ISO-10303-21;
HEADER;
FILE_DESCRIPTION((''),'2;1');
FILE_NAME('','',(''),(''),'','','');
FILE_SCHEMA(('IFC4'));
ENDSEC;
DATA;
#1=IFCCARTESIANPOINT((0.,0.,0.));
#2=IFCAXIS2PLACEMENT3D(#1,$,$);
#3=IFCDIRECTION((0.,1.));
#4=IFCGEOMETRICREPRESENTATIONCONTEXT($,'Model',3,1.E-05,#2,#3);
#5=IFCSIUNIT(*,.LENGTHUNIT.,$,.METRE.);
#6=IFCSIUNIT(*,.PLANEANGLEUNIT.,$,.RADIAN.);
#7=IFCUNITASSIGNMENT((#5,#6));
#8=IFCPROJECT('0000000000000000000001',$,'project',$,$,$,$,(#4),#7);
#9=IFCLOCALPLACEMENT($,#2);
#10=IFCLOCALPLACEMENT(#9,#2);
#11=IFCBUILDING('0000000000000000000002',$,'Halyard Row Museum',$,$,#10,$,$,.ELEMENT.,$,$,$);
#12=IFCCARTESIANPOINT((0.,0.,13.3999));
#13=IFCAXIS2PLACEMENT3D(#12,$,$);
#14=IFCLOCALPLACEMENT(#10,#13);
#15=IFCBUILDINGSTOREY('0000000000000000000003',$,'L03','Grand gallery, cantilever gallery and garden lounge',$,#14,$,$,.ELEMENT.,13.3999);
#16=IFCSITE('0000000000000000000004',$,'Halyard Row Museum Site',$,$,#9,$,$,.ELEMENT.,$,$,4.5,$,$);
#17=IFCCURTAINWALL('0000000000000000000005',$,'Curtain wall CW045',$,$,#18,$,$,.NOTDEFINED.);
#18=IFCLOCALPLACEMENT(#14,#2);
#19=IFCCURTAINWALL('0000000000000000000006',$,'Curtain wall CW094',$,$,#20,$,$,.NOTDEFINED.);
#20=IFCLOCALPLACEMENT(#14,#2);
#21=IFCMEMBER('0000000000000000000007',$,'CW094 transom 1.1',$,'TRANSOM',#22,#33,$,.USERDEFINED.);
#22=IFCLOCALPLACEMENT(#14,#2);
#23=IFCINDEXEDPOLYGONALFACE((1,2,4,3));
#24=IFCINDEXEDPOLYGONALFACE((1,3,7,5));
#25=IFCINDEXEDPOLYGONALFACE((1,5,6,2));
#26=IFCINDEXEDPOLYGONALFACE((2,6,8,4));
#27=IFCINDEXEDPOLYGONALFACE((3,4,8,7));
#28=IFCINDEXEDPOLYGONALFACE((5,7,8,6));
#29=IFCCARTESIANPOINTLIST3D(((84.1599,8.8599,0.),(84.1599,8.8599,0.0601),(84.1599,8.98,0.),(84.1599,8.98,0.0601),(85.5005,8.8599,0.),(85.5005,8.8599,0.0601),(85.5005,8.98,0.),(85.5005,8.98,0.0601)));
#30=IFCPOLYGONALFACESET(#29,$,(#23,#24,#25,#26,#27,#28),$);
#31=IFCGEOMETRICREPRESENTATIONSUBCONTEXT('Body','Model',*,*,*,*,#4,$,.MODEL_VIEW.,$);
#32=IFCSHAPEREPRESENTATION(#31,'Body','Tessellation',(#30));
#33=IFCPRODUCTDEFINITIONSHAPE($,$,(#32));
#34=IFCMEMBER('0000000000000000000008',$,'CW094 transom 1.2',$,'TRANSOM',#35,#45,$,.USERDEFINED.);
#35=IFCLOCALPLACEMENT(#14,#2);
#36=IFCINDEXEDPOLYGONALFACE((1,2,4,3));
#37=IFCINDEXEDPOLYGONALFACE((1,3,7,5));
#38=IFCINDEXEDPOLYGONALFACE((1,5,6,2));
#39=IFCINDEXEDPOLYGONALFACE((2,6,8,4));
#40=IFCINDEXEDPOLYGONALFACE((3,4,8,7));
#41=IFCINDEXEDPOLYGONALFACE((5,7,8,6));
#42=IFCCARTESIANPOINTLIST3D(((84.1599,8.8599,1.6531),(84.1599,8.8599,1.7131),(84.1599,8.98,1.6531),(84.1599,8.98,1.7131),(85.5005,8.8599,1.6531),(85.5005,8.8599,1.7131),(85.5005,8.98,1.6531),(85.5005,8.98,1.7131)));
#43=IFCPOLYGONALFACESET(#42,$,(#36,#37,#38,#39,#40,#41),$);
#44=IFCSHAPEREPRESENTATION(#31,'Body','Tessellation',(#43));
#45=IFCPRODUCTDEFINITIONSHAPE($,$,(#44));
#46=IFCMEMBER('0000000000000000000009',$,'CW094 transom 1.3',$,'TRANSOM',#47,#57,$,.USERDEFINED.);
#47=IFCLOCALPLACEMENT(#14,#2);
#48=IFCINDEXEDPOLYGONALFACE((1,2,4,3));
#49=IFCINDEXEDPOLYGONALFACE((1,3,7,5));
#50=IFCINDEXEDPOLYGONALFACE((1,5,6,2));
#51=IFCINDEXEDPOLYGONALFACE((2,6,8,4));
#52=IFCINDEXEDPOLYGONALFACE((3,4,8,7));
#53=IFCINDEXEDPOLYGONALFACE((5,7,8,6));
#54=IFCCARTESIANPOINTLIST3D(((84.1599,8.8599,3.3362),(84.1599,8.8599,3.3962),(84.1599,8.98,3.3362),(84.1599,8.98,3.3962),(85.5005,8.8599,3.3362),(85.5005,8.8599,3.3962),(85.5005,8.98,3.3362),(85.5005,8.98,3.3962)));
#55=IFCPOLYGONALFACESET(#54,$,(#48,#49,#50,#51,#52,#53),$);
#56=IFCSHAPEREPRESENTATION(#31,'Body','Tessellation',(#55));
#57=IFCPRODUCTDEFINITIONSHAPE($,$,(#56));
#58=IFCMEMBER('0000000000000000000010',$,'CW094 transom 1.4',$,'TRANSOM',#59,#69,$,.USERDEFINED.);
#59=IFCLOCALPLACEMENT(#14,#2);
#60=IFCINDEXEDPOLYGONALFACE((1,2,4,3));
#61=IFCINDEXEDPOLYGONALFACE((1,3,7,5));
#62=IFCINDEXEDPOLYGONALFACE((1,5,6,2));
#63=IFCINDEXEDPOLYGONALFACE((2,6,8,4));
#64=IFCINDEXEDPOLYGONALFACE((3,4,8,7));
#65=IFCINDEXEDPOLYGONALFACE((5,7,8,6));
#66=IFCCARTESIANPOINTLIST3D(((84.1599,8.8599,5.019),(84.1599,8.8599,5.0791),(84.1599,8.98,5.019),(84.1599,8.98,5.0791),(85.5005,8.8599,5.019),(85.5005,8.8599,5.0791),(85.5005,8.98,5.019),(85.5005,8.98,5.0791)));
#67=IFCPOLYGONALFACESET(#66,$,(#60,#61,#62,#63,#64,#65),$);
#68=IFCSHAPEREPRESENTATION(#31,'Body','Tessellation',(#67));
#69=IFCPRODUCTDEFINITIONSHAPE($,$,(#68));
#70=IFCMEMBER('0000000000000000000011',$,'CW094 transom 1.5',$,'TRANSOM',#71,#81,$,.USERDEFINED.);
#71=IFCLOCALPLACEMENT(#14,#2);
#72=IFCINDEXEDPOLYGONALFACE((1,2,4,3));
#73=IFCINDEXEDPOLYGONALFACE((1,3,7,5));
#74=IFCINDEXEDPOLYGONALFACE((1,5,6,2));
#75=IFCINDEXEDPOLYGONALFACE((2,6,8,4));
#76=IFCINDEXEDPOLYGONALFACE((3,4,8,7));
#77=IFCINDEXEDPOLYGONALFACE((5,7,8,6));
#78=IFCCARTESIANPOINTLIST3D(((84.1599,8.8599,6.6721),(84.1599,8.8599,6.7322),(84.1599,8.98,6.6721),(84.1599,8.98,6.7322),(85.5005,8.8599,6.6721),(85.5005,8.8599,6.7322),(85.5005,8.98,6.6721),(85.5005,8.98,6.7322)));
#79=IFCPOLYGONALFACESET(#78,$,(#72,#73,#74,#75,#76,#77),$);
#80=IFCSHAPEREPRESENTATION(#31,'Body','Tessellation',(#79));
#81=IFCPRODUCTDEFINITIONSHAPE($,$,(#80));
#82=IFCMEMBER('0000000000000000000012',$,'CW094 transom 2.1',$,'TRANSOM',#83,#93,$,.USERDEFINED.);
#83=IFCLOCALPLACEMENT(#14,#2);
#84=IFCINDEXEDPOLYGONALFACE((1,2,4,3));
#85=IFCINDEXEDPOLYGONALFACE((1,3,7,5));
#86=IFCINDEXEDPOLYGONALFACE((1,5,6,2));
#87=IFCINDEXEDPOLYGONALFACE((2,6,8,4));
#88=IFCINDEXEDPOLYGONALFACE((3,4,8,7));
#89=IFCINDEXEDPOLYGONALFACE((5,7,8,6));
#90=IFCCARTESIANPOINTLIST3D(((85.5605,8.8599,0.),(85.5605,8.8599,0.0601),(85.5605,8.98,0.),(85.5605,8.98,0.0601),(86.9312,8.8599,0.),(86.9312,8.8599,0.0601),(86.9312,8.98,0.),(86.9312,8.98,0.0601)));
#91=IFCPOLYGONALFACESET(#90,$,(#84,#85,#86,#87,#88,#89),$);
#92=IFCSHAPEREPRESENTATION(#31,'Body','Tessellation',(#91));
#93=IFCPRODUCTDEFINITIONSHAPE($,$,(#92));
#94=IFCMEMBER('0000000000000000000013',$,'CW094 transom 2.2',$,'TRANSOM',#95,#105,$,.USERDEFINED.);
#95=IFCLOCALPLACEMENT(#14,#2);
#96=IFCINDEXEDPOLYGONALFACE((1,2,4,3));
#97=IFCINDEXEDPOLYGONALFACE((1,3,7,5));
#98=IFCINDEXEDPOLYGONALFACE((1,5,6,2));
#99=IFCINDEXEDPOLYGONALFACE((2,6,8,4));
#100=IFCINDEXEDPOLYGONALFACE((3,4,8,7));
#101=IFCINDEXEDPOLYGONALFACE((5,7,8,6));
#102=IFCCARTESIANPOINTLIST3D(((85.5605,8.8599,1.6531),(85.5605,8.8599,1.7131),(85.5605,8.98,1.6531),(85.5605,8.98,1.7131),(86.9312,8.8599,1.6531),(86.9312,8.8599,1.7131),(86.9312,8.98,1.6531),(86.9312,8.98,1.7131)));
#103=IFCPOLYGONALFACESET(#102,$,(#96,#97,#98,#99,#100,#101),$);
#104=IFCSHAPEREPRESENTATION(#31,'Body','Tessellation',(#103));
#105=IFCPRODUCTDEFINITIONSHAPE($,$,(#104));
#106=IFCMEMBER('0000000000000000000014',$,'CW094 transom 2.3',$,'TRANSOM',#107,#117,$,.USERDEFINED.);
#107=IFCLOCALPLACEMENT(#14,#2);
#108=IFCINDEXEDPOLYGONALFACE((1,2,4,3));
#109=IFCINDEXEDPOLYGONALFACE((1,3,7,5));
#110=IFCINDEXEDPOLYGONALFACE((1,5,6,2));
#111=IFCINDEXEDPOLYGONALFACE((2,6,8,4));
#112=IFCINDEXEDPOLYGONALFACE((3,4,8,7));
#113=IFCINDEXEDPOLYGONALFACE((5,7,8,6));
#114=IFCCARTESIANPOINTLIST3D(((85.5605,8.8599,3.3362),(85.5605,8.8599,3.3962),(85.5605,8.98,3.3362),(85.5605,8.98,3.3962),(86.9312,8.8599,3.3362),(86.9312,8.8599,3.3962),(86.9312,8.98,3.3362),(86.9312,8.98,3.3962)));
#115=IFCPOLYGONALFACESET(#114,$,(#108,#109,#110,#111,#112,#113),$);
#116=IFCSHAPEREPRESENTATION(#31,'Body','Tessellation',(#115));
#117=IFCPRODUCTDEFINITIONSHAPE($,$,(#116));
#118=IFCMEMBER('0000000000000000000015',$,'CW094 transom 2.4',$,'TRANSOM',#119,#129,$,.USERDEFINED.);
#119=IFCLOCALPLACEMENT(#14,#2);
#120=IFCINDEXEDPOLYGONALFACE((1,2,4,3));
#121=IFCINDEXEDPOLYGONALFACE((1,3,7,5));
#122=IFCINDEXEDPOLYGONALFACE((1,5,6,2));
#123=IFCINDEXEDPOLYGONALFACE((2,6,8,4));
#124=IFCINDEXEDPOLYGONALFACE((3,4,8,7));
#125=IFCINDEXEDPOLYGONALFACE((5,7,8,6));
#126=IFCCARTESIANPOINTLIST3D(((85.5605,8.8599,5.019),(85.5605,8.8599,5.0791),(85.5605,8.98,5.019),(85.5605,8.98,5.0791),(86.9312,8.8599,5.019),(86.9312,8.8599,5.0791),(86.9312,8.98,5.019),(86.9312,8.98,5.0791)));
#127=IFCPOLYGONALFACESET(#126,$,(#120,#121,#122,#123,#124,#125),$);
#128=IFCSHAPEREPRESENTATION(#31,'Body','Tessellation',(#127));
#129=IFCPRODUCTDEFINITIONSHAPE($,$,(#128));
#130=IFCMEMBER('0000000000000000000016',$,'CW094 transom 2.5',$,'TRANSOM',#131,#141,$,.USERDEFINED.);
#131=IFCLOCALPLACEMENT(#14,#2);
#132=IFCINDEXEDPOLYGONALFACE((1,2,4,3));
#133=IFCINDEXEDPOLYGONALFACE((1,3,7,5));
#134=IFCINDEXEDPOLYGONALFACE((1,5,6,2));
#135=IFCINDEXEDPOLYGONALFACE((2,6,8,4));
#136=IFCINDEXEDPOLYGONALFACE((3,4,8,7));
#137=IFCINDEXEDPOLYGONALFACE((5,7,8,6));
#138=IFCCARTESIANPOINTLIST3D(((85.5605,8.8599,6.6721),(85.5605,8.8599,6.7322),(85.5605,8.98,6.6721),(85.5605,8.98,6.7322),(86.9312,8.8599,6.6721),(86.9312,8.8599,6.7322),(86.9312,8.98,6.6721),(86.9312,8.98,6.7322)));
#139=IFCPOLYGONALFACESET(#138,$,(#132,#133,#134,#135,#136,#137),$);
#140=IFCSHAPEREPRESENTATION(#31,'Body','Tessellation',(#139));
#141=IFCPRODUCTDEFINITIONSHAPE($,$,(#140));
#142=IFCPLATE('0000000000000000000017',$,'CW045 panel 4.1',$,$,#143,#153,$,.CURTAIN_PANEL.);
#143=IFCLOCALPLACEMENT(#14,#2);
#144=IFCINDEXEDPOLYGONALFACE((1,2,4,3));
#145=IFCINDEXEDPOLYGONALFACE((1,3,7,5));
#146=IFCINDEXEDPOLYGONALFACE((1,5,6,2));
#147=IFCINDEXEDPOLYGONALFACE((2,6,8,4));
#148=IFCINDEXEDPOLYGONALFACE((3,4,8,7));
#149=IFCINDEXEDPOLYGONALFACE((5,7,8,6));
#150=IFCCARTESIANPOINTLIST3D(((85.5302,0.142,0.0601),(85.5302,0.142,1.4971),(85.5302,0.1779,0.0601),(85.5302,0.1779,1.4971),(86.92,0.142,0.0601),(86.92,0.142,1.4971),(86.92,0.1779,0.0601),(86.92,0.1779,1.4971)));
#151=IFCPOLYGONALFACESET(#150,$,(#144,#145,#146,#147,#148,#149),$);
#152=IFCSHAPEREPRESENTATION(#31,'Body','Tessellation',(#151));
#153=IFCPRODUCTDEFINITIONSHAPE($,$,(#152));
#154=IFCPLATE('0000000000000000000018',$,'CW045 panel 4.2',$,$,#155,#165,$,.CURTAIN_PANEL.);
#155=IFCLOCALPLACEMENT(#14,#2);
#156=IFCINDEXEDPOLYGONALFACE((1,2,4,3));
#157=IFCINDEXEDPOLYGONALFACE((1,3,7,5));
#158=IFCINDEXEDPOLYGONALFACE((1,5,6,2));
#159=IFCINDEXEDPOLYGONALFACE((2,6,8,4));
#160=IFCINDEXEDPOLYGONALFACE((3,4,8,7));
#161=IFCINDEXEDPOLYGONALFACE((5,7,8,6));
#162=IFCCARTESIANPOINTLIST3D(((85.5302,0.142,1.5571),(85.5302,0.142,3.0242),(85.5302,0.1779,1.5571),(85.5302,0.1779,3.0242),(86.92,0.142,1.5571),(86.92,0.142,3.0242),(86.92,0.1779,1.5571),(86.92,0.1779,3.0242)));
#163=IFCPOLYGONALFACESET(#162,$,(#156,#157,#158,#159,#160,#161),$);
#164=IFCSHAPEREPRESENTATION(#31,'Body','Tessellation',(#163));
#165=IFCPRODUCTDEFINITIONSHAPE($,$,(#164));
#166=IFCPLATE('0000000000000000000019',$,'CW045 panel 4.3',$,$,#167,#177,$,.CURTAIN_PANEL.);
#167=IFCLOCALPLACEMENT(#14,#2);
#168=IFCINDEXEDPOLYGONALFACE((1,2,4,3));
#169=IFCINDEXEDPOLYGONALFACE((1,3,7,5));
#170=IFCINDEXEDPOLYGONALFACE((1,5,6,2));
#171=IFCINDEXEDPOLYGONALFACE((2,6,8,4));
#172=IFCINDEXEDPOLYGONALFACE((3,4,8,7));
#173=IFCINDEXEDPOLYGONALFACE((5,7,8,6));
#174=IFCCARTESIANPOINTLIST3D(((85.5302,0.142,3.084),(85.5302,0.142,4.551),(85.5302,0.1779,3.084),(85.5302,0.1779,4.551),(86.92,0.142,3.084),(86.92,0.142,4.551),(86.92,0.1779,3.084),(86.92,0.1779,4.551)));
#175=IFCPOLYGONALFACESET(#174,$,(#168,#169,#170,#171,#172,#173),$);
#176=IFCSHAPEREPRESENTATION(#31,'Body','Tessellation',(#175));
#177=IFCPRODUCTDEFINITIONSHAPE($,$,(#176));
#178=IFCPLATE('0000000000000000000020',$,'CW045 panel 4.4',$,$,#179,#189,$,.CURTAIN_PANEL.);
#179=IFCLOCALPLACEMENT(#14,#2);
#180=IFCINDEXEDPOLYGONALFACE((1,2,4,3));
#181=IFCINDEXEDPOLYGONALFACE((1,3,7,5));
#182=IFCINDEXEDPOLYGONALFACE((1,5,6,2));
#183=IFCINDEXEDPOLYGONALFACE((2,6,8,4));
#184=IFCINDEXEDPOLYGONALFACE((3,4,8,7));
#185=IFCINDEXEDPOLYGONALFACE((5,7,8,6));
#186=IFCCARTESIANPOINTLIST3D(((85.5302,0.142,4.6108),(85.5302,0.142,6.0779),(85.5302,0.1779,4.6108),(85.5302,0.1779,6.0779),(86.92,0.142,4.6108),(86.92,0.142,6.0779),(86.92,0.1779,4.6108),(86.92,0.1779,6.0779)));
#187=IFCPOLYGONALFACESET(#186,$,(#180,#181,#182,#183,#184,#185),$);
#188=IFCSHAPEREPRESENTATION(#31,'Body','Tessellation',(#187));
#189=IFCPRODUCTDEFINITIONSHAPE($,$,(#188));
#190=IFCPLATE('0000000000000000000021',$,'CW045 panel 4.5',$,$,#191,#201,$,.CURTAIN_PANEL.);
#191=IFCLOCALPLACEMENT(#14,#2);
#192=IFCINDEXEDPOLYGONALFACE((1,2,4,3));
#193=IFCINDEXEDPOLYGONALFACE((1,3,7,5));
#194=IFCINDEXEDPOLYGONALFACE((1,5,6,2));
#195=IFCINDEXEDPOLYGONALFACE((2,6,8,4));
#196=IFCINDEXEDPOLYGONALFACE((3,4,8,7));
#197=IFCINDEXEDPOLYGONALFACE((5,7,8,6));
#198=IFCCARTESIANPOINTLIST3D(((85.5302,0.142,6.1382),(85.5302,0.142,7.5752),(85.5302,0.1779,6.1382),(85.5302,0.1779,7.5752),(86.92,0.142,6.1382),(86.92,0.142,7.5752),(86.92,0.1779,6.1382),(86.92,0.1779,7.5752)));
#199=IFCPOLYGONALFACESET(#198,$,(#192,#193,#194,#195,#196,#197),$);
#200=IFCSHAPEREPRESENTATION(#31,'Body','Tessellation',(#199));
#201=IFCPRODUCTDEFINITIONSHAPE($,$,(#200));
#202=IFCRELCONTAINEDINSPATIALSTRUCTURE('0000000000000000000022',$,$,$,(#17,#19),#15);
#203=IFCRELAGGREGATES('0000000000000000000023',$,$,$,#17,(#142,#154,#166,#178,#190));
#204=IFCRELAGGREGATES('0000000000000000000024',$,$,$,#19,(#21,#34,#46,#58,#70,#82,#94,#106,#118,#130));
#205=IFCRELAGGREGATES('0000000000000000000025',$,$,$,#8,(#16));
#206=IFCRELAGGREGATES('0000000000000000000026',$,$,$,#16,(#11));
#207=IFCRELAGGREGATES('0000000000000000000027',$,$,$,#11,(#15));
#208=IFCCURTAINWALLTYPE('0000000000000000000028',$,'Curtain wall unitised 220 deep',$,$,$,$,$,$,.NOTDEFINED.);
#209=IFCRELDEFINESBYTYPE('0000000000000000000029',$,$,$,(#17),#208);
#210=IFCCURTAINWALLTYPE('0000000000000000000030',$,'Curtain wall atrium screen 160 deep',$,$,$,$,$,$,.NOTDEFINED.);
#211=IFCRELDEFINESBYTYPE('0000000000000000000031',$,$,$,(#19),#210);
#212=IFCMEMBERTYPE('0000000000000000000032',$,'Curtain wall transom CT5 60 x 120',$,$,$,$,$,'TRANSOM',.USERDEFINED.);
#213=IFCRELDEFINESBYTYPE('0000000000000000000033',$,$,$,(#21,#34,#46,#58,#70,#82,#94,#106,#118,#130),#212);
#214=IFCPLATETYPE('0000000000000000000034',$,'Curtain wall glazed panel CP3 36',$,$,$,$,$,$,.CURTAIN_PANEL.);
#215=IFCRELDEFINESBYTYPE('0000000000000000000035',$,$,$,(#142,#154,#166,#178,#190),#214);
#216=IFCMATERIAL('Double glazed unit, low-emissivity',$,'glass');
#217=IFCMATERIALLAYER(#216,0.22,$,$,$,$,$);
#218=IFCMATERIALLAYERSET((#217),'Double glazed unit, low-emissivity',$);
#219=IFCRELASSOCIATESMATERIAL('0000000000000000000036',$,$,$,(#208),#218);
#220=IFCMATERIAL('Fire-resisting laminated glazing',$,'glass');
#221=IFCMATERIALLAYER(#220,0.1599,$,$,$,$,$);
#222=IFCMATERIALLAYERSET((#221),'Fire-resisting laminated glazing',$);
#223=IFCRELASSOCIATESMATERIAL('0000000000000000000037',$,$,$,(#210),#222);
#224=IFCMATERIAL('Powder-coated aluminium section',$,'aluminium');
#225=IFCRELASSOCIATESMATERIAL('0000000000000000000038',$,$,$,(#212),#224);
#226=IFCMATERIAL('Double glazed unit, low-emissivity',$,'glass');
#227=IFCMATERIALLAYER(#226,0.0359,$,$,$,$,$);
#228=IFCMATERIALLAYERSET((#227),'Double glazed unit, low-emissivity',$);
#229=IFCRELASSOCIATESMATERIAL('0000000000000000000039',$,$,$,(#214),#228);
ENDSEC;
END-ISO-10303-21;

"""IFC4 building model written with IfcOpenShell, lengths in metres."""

from ifc_helpers import new_model, si_unit, direction, frame, origin, origin_2d, place, context, subcontext, project, spatial, rectangle, extrude, material, layer, layer_set, material_profile, profile_set, type_object, element, aggregate, save


model = new_model("IFC4")

# Units and contexts
model_context = context("Model", 3, precision=1e-05, world=origin(), true_north=direction((0.0, 1.0)))
body_context = subcontext(model_context, "Body", "Model", "MODEL_VIEW")
ifc_project = project(units=[si_unit("LENGTHUNIT", "METRE"), si_unit("PLANEANGLEUNIT", "RADIAN")], contexts=[model_context])

# Site, building, storey
site_placement = place(None, origin())
site = spatial("IfcSite", under=ifc_project, at=site_placement, Name="Halyard Row Museum Site", CompositionType="ELEMENT", RefElevation=4.5)
building_placement = place(site_placement, origin())
building = spatial("IfcBuilding", under=site, at=building_placement, Name="Halyard Row Museum", CompositionType="ELEMENT")
storey_placement = place(building_placement, frame((0.0, 0.0, 13.3999)))
storey = spatial("IfcBuildingStorey", under=building, at=storey_placement, Name="L03", Description="Grand gallery, cantilever gallery and garden lounge", CompositionType="ELEMENT", Elevation=13.3999)

# Curtain wall
ifc_material_1 = material(Name="Double glazed unit, low-emissivity", Category="glass")
ifc_layer_1 = layer(ifc_material_1, 0.22)
ifc_layer_set_1 = layer_set([ifc_layer_1], Name="Double glazed unit, low-emissivity")
curtain_wall_type_1 = type_object("IfcCurtainWallType", Name="Curtain wall unitised 220 deep", PredefinedType="NOTDEFINED", material=ifc_layer_set_1)
curtain_wall_1_placement = place(storey_placement, origin())
curtain_wall_1 = element("IfcCurtainWall", 1, at=curtain_wall_1_placement, inside=storey, type_object=curtain_wall_type_1, Name="Curtain wall CW045", PredefinedType="NOTDEFINED")

# Curtain wall
ifc_material_2 = material(Name="Fire-resisting laminated glazing", Category="glass")
ifc_layer_2 = layer(ifc_material_2, 0.1599)
ifc_layer_set_2 = layer_set([ifc_layer_2], Name="Fire-resisting laminated glazing")
curtain_wall_type_2 = type_object("IfcCurtainWallType", Name="Curtain wall atrium screen 160 deep", PredefinedType="NOTDEFINED", material=ifc_layer_set_2)
curtain_wall_2_placement = place(storey_placement, origin())
curtain_wall_2 = element("IfcCurtainWall", 2, at=curtain_wall_2_placement, inside=storey, type_object=curtain_wall_type_2, Name="Curtain wall CW094", PredefinedType="NOTDEFINED")

# Members
ifc_material_3 = material(Name="Powder-coated aluminium section", Category="aluminium")
ifc_material_profile_1 = material_profile(ifc_material_3, rectangle(XDim=0.1201, YDim=0.0601, at=origin_2d()), Name="120x60 transom")
ifc_profile_set_1 = profile_set([ifc_material_profile_1], Name="Powder-coated aluminium section")
member_type_1 = type_object("IfcMemberType", Name="Curtain wall transom CT5 60 x 120", ElementType="TRANSOM", PredefinedType="USERDEFINED", material=ifc_profile_set_1)
member_1_placement = place(storey_placement, frame((84.1599, 8.9199, 0.03), z_axis=(1.0, 0.0, 0.0), x_axis=(0.0, 1.0, 0.0)))
member_1 = element("IfcMember", 3, at=member_1_placement, type_object=member_type_1, Name="CW094 transom 1.1", ObjectType="TRANSOM", PredefinedType="USERDEFINED", context=body_context, shape_type="SweptSolid", body=[
    extrude(rectangle(XDim=0.1201, YDim=0.0601, at=origin_2d()), origin(), (0.0, 0.0, 1.0), 1.3406),
])
member_2_placement = place(storey_placement, frame((84.1599, 8.9199, 1.6831), z_axis=(1.0, 0.0, 0.0), x_axis=(0.0, 1.0, 0.0)))
member_2 = element("IfcMember", 4, at=member_2_placement, type_object=member_type_1, Name="CW094 transom 1.2", ObjectType="TRANSOM", PredefinedType="USERDEFINED", context=body_context, shape_type="SweptSolid", body=[
    extrude(rectangle(XDim=0.1201, YDim=0.0601, at=origin_2d()), origin(), (0.0, 0.0, 1.0), 1.3406),
])
member_3_placement = place(storey_placement, frame((84.1599, 8.9199, 3.3662), z_axis=(1.0, 0.0, 0.0), x_axis=(0.0, 1.0, 0.0)))
member_3 = element("IfcMember", 5, at=member_3_placement, type_object=member_type_1, Name="CW094 transom 1.3", ObjectType="TRANSOM", PredefinedType="USERDEFINED", context=body_context, shape_type="SweptSolid", body=[
    extrude(rectangle(XDim=0.1201, YDim=0.0601, at=origin_2d()), origin(), (0.0, 0.0, 1.0), 1.3406),
])
member_4_placement = place(storey_placement, frame((84.1599, 8.9199, 5.0491), z_axis=(1.0, 0.0, 0.0), x_axis=(0.0, 1.0, 0.0)))
member_4 = element("IfcMember", 6, at=member_4_placement, type_object=member_type_1, Name="CW094 transom 1.4", ObjectType="TRANSOM", PredefinedType="USERDEFINED", context=body_context, shape_type="SweptSolid", body=[
    extrude(rectangle(XDim=0.1201, YDim=0.0601, at=origin_2d()), origin(), (0.0, 0.0, 1.0), 1.3406),
])
member_5_placement = place(storey_placement, frame((84.1599, 8.9199, 6.7021), z_axis=(1.0, 0.0, 0.0), x_axis=(0.0, 1.0, 0.0)))
member_5 = element("IfcMember", 7, at=member_5_placement, type_object=member_type_1, Name="CW094 transom 1.5", ObjectType="TRANSOM", PredefinedType="USERDEFINED", context=body_context, shape_type="SweptSolid", body=[
    extrude(rectangle(XDim=0.1201, YDim=0.0601, at=origin_2d()), origin(), (0.0, 0.0, 1.0), 1.3406),
])
member_6_placement = place(storey_placement, frame((85.5605, 8.9199, 0.03), z_axis=(1.0, 0.0, 0.0), x_axis=(0.0, 1.0, 0.0)))
member_6 = element("IfcMember", 8, at=member_6_placement, type_object=member_type_1, Name="CW094 transom 2.1", ObjectType="TRANSOM", PredefinedType="USERDEFINED", context=body_context, shape_type="SweptSolid", body=[
    extrude(rectangle(XDim=0.1201, YDim=0.0601, at=origin_2d()), origin(), (0.0, 0.0, 1.0), 1.3706),
])
member_7_placement = place(storey_placement, frame((85.5605, 8.9199, 1.6831), z_axis=(1.0, 0.0, 0.0), x_axis=(0.0, 1.0, 0.0)))
member_7 = element("IfcMember", 9, at=member_7_placement, type_object=member_type_1, Name="CW094 transom 2.2", ObjectType="TRANSOM", PredefinedType="USERDEFINED", context=body_context, shape_type="SweptSolid", body=[
    extrude(rectangle(XDim=0.1201, YDim=0.0601, at=origin_2d()), origin(), (0.0, 0.0, 1.0), 1.3706),
])
member_8_placement = place(storey_placement, frame((85.5605, 8.9199, 3.3662), z_axis=(1.0, 0.0, 0.0), x_axis=(0.0, 1.0, 0.0)))
member_8 = element("IfcMember", 10, at=member_8_placement, type_object=member_type_1, Name="CW094 transom 2.3", ObjectType="TRANSOM", PredefinedType="USERDEFINED", context=body_context, shape_type="SweptSolid", body=[
    extrude(rectangle(XDim=0.1201, YDim=0.0601, at=origin_2d()), origin(), (0.0, 0.0, 1.0), 1.3706),
])
member_9_placement = place(storey_placement, frame((85.5605, 8.9199, 5.0491), z_axis=(1.0, 0.0, 0.0), x_axis=(0.0, 1.0, 0.0)))
member_9 = element("IfcMember", 11, at=member_9_placement, type_object=member_type_1, Name="CW094 transom 2.4", ObjectType="TRANSOM", PredefinedType="USERDEFINED", context=body_context, shape_type="SweptSolid", body=[
    extrude(rectangle(XDim=0.1201, YDim=0.0601, at=origin_2d()), origin(), (0.0, 0.0, 1.0), 1.3706),
])
member_10_placement = place(storey_placement, frame((85.5605, 8.9199, 6.7021), z_axis=(1.0, 0.0, 0.0), x_axis=(0.0, 1.0, 0.0)))
member_10 = element("IfcMember", 12, at=member_10_placement, type_object=member_type_1, Name="CW094 transom 2.5", ObjectType="TRANSOM", PredefinedType="USERDEFINED", context=body_context, shape_type="SweptSolid", body=[
    extrude(rectangle(XDim=0.1201, YDim=0.0601, at=origin_2d()), origin(), (0.0, 0.0, 1.0), 1.3706),
])

# Plates
ifc_material_4 = material(Name="Double glazed unit, low-emissivity", Category="glass")
ifc_layer_3 = layer(ifc_material_4, 0.0359)
ifc_layer_set_3 = layer_set([ifc_layer_3], Name="Double glazed unit, low-emissivity")
plate_type_1 = type_object("IfcPlateType", Name="Curtain wall glazed panel CP3 36", PredefinedType="CURTAIN_PANEL", material=ifc_layer_set_3)
plate_1_placement = place(storey_placement, frame((86.2251, 0.1599, 0.0601), z_axis=(0.0, 0.0, 1.0), x_axis=(1.0, 0.0, 0.0)))
plate_1 = element("IfcPlate", 13, at=plate_1_placement, type_object=plate_type_1, Name="CW045 panel 4.1", PredefinedType="CURTAIN_PANEL", context=body_context, shape_type="SweptSolid", body=[
    extrude(rectangle(XDim=1.3899, YDim=0.0359, at=origin_2d()), origin(), (0.0, 0.0, 1.0), 1.437),
])
plate_2_placement = place(storey_placement, frame((86.2251, 0.1599, 1.5571), z_axis=(0.0, 0.0, 1.0), x_axis=(1.0, 0.0, 0.0)))
plate_2 = element("IfcPlate", 14, at=plate_2_placement, type_object=plate_type_1, Name="CW045 panel 4.2", PredefinedType="CURTAIN_PANEL", context=body_context, shape_type="SweptSolid", body=[
    extrude(rectangle(XDim=1.3899, YDim=0.0359, at=origin_2d()), origin(), (0.0, 0.0, 1.0), 1.467),
])
plate_3_placement = place(storey_placement, frame((86.2251, 0.1599, 3.084), z_axis=(0.0, 0.0, 1.0), x_axis=(1.0, 0.0, 0.0)))
plate_3 = element("IfcPlate", 15, at=plate_3_placement, type_object=plate_type_1, Name="CW045 panel 4.3", PredefinedType="CURTAIN_PANEL", context=body_context, shape_type="SweptSolid", body=[
    extrude(rectangle(XDim=1.3899, YDim=0.0359, at=origin_2d()), origin(), (0.0, 0.0, 1.0), 1.467),
])
plate_4_placement = place(storey_placement, frame((86.2251, 0.1599, 4.6108), z_axis=(0.0, 0.0, 1.0), x_axis=(1.0, 0.0, 0.0)))
plate_4 = element("IfcPlate", 16, at=plate_4_placement, type_object=plate_type_1, Name="CW045 panel 4.4", PredefinedType="CURTAIN_PANEL", context=body_context, shape_type="SweptSolid", body=[
    extrude(rectangle(XDim=1.3899, YDim=0.0359, at=origin_2d()), origin(), (0.0, 0.0, 1.0), 1.467),
])
plate_5_placement = place(storey_placement, frame((86.2251, 0.1599, 6.1382), z_axis=(0.0, 0.0, 1.0), x_axis=(1.0, 0.0, 0.0)))
plate_5 = element("IfcPlate", 17, at=plate_5_placement, type_object=plate_type_1, Name="CW045 panel 4.5", PredefinedType="CURTAIN_PANEL", context=body_context, shape_type="SweptSolid", body=[
    extrude(rectangle(XDim=1.3899, YDim=0.0359, at=origin_2d()), origin(), (0.0, 0.0, 1.0), 1.437),
])
aggregate(curtain_wall_1, [plate_1, plate_2, plate_3, plate_4, plate_5])
aggregate(curtain_wall_2, [member_1, member_2, member_3, member_4, member_5, member_6, member_7, member_8, member_9, member_10])

save(model, "model.ifc")
